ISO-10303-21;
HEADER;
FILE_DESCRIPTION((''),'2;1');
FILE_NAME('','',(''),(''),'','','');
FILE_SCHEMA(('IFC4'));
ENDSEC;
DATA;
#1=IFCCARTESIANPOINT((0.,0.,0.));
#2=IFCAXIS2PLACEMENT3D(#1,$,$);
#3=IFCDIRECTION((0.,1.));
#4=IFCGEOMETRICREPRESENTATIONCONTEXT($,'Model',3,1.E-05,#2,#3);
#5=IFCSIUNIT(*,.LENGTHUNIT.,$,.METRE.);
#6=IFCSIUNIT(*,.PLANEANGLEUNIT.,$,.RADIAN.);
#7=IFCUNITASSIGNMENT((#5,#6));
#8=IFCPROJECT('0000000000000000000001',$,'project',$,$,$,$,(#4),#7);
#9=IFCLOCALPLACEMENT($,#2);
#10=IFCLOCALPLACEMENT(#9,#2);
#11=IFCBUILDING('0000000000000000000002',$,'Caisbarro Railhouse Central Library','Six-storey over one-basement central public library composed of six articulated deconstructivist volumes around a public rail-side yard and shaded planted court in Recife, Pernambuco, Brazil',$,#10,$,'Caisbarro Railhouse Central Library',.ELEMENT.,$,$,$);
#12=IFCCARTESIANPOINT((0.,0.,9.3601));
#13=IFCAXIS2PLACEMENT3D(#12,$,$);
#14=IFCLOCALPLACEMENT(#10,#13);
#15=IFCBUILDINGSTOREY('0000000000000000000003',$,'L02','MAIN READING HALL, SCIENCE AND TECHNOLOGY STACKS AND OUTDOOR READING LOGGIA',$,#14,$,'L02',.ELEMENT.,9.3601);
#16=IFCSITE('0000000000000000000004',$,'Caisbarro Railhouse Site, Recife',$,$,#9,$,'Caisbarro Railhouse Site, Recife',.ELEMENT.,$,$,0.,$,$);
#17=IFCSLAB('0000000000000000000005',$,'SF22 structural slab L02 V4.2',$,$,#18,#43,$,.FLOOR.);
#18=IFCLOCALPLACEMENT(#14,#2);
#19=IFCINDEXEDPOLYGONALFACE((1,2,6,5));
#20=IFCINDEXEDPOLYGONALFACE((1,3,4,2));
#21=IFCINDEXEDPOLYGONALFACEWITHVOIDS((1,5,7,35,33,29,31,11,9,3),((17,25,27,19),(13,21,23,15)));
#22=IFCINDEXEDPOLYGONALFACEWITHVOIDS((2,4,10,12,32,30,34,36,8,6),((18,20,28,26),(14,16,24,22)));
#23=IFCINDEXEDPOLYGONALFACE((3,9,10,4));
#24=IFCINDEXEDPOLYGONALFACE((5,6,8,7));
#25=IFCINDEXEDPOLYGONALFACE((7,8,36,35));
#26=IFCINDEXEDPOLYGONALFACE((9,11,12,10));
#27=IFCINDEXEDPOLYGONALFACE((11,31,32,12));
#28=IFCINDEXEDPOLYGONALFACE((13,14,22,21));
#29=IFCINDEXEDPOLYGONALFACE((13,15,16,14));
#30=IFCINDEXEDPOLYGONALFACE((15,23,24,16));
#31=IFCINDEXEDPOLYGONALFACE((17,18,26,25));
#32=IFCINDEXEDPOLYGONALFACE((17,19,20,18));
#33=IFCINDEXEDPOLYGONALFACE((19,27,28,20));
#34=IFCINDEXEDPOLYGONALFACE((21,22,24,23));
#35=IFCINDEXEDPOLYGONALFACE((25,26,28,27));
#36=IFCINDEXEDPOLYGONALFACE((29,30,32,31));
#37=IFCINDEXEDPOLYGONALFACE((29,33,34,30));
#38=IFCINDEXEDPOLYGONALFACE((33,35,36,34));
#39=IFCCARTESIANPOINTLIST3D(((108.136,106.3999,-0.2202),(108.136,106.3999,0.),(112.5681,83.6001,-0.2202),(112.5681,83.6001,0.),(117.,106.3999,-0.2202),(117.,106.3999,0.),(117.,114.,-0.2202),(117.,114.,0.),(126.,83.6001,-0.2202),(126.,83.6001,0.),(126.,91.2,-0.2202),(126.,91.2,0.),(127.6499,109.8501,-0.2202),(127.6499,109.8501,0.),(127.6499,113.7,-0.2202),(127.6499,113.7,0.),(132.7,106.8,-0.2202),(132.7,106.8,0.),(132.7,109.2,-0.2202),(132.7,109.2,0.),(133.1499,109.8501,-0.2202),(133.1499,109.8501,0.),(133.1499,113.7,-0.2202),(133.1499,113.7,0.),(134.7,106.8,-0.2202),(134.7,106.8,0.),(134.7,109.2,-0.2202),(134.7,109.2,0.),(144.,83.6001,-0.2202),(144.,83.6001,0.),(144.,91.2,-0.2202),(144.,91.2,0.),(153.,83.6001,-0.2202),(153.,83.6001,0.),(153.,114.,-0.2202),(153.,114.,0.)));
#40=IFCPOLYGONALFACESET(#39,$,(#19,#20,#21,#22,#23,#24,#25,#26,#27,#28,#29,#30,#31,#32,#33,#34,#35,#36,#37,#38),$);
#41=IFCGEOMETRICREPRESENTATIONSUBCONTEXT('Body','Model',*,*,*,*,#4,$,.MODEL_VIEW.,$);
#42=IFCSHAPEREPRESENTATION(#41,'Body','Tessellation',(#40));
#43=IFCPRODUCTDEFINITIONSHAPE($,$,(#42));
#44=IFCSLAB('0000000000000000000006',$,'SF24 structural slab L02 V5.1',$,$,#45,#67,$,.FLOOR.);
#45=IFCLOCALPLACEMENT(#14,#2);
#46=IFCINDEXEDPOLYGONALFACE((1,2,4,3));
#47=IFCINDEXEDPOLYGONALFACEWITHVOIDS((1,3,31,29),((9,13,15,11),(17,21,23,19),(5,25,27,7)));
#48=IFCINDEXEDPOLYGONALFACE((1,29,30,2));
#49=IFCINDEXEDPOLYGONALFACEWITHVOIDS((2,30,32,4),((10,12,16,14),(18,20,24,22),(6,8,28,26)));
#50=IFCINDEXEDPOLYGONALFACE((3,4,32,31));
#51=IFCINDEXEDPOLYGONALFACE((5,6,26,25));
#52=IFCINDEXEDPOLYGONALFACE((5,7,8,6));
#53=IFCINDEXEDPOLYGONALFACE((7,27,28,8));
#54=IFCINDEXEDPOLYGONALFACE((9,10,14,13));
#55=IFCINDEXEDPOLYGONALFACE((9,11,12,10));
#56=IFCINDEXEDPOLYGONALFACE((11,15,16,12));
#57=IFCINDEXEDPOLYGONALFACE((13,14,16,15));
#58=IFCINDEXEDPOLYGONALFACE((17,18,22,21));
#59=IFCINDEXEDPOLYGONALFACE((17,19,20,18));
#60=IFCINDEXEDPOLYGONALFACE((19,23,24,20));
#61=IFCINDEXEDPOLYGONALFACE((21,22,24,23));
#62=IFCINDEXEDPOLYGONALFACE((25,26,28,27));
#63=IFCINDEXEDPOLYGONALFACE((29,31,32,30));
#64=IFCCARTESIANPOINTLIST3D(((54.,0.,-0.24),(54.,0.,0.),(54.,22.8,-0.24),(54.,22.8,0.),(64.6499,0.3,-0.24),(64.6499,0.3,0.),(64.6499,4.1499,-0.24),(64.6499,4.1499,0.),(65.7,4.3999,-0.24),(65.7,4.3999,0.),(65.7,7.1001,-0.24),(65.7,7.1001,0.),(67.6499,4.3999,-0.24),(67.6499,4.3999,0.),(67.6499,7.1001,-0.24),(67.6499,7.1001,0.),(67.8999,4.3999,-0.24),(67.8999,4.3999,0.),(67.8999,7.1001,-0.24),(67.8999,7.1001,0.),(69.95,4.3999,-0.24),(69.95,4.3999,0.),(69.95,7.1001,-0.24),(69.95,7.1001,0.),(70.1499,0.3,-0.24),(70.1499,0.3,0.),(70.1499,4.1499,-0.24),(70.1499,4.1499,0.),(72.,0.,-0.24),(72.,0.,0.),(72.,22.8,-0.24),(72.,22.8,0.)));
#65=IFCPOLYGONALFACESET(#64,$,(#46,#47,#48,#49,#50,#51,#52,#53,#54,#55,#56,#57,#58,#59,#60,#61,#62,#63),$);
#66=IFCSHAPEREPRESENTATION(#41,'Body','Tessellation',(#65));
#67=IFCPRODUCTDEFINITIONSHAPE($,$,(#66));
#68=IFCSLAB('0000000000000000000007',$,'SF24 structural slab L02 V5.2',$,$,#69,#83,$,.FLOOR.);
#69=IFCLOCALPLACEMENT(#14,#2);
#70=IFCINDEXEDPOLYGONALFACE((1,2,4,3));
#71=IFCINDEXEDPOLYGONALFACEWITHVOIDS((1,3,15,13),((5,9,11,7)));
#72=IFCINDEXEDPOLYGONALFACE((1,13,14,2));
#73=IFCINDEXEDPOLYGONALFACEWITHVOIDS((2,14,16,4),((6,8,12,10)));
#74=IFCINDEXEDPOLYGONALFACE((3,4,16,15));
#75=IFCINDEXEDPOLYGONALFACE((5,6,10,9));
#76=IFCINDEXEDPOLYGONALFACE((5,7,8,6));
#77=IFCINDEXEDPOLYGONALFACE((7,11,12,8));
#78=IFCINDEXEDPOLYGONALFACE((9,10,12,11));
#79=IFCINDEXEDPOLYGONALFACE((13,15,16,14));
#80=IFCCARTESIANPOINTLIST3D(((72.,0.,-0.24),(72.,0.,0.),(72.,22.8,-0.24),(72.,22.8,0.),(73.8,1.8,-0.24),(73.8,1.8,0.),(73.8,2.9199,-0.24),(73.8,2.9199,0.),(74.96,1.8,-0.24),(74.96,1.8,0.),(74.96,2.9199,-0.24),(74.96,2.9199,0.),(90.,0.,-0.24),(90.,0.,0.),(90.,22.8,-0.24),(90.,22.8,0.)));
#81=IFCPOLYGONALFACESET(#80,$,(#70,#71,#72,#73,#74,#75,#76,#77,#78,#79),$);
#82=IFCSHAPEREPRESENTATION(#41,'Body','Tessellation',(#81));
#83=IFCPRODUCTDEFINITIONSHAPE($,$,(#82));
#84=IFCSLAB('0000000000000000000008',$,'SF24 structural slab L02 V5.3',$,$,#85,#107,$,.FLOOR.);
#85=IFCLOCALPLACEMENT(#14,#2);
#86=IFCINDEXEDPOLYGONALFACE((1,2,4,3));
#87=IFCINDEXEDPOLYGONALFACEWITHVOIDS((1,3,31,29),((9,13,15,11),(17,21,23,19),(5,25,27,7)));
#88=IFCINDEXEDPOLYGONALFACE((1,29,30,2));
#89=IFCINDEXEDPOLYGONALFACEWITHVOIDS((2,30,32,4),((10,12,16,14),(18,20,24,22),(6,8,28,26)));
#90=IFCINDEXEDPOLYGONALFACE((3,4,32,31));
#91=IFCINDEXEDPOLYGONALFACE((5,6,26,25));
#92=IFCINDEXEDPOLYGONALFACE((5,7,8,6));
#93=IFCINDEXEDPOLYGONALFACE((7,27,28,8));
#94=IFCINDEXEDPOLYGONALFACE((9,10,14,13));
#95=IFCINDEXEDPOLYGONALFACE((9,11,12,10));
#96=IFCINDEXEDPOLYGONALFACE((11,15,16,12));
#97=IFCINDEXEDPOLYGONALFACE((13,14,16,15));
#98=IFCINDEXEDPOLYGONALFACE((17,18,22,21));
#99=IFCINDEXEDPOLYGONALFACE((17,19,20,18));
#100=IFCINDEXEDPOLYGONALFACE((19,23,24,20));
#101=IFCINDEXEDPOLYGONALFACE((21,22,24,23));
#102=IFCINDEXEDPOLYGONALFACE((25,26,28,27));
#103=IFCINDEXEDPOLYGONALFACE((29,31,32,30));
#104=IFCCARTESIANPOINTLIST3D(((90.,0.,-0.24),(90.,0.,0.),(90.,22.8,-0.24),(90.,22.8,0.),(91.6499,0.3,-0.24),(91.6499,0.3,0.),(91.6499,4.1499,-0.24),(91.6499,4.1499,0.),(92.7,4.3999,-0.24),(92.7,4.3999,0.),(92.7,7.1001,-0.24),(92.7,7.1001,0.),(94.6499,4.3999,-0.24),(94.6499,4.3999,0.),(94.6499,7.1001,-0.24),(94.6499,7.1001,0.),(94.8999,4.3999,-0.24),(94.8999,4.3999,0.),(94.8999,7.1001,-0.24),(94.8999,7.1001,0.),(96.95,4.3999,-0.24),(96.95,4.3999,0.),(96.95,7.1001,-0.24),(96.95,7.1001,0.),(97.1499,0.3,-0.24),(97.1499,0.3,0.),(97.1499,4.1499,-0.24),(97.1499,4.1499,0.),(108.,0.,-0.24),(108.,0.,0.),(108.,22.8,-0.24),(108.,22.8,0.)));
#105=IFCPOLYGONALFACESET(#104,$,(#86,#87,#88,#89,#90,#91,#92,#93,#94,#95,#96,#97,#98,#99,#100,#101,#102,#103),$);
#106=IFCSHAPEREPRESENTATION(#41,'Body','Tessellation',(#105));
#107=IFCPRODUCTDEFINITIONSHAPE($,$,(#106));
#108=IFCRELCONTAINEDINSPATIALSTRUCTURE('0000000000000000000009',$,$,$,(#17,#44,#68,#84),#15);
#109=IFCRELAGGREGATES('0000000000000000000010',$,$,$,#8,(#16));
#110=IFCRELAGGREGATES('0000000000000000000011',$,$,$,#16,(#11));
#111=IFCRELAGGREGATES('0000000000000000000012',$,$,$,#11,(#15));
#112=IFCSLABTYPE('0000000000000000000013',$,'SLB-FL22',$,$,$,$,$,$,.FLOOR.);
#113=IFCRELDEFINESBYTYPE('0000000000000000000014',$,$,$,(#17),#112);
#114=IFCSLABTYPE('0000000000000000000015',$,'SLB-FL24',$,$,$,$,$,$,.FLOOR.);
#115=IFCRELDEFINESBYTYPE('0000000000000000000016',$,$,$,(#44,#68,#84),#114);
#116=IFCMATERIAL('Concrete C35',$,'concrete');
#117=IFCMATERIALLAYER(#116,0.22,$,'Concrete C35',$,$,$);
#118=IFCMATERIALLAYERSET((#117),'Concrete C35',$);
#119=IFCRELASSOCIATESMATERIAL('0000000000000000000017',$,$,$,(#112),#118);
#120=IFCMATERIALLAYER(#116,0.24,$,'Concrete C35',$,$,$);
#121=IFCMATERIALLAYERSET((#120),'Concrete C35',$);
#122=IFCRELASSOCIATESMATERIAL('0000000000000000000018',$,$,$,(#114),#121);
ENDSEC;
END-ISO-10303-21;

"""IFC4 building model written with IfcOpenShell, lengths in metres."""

from ifc_helpers import new_model, si_unit, direction, frame, origin, place, context, subcontext, project, spatial, polyline, outline, extrude, material, layer, layer_set, type_object, element, save


model = new_model("IFC4")

# Units and contexts
model_context = context("Model", 3, precision=1e-05, world=origin(), true_north=direction((0.0, 1.0)))
body_context = subcontext(model_context, "Body", "Model", "MODEL_VIEW")
ifc_project = project(units=[si_unit("LENGTHUNIT", "METRE"), si_unit("PLANEANGLEUNIT", "RADIAN")], contexts=[model_context])

# Site, building, storey
site_placement = place(None, origin())
site = spatial("IfcSite", under=ifc_project, at=site_placement, Name="Caisbarro Railhouse Site, Recife", LongName="Caisbarro Railhouse Site, Recife", CompositionType="ELEMENT", RefElevation=0.0)
building_placement = place(site_placement, origin())
building = spatial("IfcBuilding", under=site, at=building_placement, Name="Caisbarro Railhouse Central Library", Description="Six-storey over one-basement central public library composed of six articulated deconstructivist volumes around a public rail-side yard and shaded planted court in Recife, Pernambuco, Brazil", LongName="Caisbarro Railhouse Central Library", CompositionType="ELEMENT")
storey_placement = place(building_placement, frame((0.0, 0.0, 9.3601)))
storey = spatial("IfcBuildingStorey", under=building, at=storey_placement, Name="L02", Description="MAIN READING HALL, SCIENCE AND TECHNOLOGY STACKS AND OUTDOOR READING LOGGIA", LongName="L02", CompositionType="ELEMENT", Elevation=9.3601)

# Slabs
ifc_material_1 = material(Name="Concrete C35", Category="concrete")
ifc_layer_1 = layer(ifc_material_1, 0.22, Name="Concrete C35")
ifc_layer_set_1 = layer_set([ifc_layer_1], Name="Concrete C35")
slab_type_1 = type_object("IfcSlabType", Name="SLB-FL22", PredefinedType="FLOOR", material=ifc_layer_set_1)
slab_1_placement = place(storey_placement, frame((0.0, 0.0, -0.2202)))
element("IfcSlab", 1, at=slab_1_placement, inside=storey, type_object=slab_type_1, Name="SF22 structural slab L02 V4.2", PredefinedType="FLOOR", context=body_context, shape_type="SweptSolid", body=[
    extrude(outline(polyline([(112.5681, 83.6001), (126.0, 83.6001), (126.0, 91.2), (144.0, 91.2), (144.0, 83.6001), (153.0, 83.6001), (153.0, 114.0), (117.0, 114.0), (117.0, 106.3999), (108.136, 106.3999), (112.5681, 83.6001)]), holes=[polyline([(127.6499, 109.8501), (133.1499, 109.8501), (133.1499, 113.7), (127.6499, 113.7), (127.6499, 109.8501)]), polyline([(132.7, 106.8), (134.7, 106.8), (134.7, 109.2), (132.7, 109.2), (132.7, 106.8)])]), origin(), (0.0, 0.0, 1.0), 0.2202),
])
ifc_layer_2 = layer(ifc_material_1, 0.24, Name="Concrete C35")
ifc_layer_set_2 = layer_set([ifc_layer_2], Name="Concrete C35")
slab_type_2 = type_object("IfcSlabType", Name="SLB-FL24", PredefinedType="FLOOR", material=ifc_layer_set_2)
slab_2_placement = place(storey_placement, frame((0.0, 0.0, -0.24)))
element("IfcSlab", 2, at=slab_2_placement, inside=storey, type_object=slab_type_2, Name="SF24 structural slab L02 V5.1", PredefinedType="FLOOR", context=body_context, shape_type="SweptSolid", body=[
    extrude(outline(polyline([(54.0, 0.0), (72.0, 0.0), (72.0, 22.8), (54.0, 22.8), (54.0, 0.0)]), holes=[polyline([(64.6499, 0.3), (70.1499, 0.3), (70.1499, 4.1499), (64.6499, 4.1499), (64.6499, 0.3)]), polyline([(65.7, 4.3999), (67.6499, 4.3999), (67.6499, 7.1001), (65.7, 7.1001), (65.7, 4.3999)]), polyline([(67.8999, 4.3999), (69.95, 4.3999), (69.95, 7.1001), (67.8999, 7.1001), (67.8999, 4.3999)])]), origin(), (0.0, 0.0, 1.0), 0.24),
])
slab_3_placement = place(storey_placement, frame((0.0, 0.0, -0.24)))
element("IfcSlab", 3, at=slab_3_placement, inside=storey, type_object=slab_type_2, Name="SF24 structural slab L02 V5.2", PredefinedType="FLOOR", context=body_context, shape_type="SweptSolid", body=[
    extrude(outline(polyline([(72.0, 0.0), (90.0, 0.0), (90.0, 22.8), (72.0, 22.8), (72.0, 0.0)]), holes=[polyline([(73.8, 1.8), (74.96, 1.8), (74.96, 2.9199), (73.8, 2.9199), (73.8, 1.8)])]), origin(), (0.0, 0.0, 1.0), 0.24),
])
slab_4_placement = place(storey_placement, frame((0.0, 0.0, -0.24)))
element("IfcSlab", 4, at=slab_4_placement, inside=storey, type_object=slab_type_2, Name="SF24 structural slab L02 V5.3", PredefinedType="FLOOR", context=body_context, shape_type="SweptSolid", body=[
    extrude(outline(polyline([(90.0, 0.0), (108.0, 0.0), (108.0, 22.8), (90.0, 22.8), (90.0, 0.0)]), holes=[polyline([(91.6499, 0.3), (97.1499, 0.3), (97.1499, 4.1499), (91.6499, 4.1499), (91.6499, 0.3)]), polyline([(92.7, 4.3999), (94.6499, 4.3999), (94.6499, 7.1001), (92.7, 7.1001), (92.7, 4.3999)]), polyline([(94.8999, 4.3999), (96.95, 4.3999), (96.95, 7.1001), (94.8999, 7.1001), (94.8999, 4.3999)])]), origin(), (0.0, 0.0, 1.0), 0.24),
])

save(model, "model.ifc")
